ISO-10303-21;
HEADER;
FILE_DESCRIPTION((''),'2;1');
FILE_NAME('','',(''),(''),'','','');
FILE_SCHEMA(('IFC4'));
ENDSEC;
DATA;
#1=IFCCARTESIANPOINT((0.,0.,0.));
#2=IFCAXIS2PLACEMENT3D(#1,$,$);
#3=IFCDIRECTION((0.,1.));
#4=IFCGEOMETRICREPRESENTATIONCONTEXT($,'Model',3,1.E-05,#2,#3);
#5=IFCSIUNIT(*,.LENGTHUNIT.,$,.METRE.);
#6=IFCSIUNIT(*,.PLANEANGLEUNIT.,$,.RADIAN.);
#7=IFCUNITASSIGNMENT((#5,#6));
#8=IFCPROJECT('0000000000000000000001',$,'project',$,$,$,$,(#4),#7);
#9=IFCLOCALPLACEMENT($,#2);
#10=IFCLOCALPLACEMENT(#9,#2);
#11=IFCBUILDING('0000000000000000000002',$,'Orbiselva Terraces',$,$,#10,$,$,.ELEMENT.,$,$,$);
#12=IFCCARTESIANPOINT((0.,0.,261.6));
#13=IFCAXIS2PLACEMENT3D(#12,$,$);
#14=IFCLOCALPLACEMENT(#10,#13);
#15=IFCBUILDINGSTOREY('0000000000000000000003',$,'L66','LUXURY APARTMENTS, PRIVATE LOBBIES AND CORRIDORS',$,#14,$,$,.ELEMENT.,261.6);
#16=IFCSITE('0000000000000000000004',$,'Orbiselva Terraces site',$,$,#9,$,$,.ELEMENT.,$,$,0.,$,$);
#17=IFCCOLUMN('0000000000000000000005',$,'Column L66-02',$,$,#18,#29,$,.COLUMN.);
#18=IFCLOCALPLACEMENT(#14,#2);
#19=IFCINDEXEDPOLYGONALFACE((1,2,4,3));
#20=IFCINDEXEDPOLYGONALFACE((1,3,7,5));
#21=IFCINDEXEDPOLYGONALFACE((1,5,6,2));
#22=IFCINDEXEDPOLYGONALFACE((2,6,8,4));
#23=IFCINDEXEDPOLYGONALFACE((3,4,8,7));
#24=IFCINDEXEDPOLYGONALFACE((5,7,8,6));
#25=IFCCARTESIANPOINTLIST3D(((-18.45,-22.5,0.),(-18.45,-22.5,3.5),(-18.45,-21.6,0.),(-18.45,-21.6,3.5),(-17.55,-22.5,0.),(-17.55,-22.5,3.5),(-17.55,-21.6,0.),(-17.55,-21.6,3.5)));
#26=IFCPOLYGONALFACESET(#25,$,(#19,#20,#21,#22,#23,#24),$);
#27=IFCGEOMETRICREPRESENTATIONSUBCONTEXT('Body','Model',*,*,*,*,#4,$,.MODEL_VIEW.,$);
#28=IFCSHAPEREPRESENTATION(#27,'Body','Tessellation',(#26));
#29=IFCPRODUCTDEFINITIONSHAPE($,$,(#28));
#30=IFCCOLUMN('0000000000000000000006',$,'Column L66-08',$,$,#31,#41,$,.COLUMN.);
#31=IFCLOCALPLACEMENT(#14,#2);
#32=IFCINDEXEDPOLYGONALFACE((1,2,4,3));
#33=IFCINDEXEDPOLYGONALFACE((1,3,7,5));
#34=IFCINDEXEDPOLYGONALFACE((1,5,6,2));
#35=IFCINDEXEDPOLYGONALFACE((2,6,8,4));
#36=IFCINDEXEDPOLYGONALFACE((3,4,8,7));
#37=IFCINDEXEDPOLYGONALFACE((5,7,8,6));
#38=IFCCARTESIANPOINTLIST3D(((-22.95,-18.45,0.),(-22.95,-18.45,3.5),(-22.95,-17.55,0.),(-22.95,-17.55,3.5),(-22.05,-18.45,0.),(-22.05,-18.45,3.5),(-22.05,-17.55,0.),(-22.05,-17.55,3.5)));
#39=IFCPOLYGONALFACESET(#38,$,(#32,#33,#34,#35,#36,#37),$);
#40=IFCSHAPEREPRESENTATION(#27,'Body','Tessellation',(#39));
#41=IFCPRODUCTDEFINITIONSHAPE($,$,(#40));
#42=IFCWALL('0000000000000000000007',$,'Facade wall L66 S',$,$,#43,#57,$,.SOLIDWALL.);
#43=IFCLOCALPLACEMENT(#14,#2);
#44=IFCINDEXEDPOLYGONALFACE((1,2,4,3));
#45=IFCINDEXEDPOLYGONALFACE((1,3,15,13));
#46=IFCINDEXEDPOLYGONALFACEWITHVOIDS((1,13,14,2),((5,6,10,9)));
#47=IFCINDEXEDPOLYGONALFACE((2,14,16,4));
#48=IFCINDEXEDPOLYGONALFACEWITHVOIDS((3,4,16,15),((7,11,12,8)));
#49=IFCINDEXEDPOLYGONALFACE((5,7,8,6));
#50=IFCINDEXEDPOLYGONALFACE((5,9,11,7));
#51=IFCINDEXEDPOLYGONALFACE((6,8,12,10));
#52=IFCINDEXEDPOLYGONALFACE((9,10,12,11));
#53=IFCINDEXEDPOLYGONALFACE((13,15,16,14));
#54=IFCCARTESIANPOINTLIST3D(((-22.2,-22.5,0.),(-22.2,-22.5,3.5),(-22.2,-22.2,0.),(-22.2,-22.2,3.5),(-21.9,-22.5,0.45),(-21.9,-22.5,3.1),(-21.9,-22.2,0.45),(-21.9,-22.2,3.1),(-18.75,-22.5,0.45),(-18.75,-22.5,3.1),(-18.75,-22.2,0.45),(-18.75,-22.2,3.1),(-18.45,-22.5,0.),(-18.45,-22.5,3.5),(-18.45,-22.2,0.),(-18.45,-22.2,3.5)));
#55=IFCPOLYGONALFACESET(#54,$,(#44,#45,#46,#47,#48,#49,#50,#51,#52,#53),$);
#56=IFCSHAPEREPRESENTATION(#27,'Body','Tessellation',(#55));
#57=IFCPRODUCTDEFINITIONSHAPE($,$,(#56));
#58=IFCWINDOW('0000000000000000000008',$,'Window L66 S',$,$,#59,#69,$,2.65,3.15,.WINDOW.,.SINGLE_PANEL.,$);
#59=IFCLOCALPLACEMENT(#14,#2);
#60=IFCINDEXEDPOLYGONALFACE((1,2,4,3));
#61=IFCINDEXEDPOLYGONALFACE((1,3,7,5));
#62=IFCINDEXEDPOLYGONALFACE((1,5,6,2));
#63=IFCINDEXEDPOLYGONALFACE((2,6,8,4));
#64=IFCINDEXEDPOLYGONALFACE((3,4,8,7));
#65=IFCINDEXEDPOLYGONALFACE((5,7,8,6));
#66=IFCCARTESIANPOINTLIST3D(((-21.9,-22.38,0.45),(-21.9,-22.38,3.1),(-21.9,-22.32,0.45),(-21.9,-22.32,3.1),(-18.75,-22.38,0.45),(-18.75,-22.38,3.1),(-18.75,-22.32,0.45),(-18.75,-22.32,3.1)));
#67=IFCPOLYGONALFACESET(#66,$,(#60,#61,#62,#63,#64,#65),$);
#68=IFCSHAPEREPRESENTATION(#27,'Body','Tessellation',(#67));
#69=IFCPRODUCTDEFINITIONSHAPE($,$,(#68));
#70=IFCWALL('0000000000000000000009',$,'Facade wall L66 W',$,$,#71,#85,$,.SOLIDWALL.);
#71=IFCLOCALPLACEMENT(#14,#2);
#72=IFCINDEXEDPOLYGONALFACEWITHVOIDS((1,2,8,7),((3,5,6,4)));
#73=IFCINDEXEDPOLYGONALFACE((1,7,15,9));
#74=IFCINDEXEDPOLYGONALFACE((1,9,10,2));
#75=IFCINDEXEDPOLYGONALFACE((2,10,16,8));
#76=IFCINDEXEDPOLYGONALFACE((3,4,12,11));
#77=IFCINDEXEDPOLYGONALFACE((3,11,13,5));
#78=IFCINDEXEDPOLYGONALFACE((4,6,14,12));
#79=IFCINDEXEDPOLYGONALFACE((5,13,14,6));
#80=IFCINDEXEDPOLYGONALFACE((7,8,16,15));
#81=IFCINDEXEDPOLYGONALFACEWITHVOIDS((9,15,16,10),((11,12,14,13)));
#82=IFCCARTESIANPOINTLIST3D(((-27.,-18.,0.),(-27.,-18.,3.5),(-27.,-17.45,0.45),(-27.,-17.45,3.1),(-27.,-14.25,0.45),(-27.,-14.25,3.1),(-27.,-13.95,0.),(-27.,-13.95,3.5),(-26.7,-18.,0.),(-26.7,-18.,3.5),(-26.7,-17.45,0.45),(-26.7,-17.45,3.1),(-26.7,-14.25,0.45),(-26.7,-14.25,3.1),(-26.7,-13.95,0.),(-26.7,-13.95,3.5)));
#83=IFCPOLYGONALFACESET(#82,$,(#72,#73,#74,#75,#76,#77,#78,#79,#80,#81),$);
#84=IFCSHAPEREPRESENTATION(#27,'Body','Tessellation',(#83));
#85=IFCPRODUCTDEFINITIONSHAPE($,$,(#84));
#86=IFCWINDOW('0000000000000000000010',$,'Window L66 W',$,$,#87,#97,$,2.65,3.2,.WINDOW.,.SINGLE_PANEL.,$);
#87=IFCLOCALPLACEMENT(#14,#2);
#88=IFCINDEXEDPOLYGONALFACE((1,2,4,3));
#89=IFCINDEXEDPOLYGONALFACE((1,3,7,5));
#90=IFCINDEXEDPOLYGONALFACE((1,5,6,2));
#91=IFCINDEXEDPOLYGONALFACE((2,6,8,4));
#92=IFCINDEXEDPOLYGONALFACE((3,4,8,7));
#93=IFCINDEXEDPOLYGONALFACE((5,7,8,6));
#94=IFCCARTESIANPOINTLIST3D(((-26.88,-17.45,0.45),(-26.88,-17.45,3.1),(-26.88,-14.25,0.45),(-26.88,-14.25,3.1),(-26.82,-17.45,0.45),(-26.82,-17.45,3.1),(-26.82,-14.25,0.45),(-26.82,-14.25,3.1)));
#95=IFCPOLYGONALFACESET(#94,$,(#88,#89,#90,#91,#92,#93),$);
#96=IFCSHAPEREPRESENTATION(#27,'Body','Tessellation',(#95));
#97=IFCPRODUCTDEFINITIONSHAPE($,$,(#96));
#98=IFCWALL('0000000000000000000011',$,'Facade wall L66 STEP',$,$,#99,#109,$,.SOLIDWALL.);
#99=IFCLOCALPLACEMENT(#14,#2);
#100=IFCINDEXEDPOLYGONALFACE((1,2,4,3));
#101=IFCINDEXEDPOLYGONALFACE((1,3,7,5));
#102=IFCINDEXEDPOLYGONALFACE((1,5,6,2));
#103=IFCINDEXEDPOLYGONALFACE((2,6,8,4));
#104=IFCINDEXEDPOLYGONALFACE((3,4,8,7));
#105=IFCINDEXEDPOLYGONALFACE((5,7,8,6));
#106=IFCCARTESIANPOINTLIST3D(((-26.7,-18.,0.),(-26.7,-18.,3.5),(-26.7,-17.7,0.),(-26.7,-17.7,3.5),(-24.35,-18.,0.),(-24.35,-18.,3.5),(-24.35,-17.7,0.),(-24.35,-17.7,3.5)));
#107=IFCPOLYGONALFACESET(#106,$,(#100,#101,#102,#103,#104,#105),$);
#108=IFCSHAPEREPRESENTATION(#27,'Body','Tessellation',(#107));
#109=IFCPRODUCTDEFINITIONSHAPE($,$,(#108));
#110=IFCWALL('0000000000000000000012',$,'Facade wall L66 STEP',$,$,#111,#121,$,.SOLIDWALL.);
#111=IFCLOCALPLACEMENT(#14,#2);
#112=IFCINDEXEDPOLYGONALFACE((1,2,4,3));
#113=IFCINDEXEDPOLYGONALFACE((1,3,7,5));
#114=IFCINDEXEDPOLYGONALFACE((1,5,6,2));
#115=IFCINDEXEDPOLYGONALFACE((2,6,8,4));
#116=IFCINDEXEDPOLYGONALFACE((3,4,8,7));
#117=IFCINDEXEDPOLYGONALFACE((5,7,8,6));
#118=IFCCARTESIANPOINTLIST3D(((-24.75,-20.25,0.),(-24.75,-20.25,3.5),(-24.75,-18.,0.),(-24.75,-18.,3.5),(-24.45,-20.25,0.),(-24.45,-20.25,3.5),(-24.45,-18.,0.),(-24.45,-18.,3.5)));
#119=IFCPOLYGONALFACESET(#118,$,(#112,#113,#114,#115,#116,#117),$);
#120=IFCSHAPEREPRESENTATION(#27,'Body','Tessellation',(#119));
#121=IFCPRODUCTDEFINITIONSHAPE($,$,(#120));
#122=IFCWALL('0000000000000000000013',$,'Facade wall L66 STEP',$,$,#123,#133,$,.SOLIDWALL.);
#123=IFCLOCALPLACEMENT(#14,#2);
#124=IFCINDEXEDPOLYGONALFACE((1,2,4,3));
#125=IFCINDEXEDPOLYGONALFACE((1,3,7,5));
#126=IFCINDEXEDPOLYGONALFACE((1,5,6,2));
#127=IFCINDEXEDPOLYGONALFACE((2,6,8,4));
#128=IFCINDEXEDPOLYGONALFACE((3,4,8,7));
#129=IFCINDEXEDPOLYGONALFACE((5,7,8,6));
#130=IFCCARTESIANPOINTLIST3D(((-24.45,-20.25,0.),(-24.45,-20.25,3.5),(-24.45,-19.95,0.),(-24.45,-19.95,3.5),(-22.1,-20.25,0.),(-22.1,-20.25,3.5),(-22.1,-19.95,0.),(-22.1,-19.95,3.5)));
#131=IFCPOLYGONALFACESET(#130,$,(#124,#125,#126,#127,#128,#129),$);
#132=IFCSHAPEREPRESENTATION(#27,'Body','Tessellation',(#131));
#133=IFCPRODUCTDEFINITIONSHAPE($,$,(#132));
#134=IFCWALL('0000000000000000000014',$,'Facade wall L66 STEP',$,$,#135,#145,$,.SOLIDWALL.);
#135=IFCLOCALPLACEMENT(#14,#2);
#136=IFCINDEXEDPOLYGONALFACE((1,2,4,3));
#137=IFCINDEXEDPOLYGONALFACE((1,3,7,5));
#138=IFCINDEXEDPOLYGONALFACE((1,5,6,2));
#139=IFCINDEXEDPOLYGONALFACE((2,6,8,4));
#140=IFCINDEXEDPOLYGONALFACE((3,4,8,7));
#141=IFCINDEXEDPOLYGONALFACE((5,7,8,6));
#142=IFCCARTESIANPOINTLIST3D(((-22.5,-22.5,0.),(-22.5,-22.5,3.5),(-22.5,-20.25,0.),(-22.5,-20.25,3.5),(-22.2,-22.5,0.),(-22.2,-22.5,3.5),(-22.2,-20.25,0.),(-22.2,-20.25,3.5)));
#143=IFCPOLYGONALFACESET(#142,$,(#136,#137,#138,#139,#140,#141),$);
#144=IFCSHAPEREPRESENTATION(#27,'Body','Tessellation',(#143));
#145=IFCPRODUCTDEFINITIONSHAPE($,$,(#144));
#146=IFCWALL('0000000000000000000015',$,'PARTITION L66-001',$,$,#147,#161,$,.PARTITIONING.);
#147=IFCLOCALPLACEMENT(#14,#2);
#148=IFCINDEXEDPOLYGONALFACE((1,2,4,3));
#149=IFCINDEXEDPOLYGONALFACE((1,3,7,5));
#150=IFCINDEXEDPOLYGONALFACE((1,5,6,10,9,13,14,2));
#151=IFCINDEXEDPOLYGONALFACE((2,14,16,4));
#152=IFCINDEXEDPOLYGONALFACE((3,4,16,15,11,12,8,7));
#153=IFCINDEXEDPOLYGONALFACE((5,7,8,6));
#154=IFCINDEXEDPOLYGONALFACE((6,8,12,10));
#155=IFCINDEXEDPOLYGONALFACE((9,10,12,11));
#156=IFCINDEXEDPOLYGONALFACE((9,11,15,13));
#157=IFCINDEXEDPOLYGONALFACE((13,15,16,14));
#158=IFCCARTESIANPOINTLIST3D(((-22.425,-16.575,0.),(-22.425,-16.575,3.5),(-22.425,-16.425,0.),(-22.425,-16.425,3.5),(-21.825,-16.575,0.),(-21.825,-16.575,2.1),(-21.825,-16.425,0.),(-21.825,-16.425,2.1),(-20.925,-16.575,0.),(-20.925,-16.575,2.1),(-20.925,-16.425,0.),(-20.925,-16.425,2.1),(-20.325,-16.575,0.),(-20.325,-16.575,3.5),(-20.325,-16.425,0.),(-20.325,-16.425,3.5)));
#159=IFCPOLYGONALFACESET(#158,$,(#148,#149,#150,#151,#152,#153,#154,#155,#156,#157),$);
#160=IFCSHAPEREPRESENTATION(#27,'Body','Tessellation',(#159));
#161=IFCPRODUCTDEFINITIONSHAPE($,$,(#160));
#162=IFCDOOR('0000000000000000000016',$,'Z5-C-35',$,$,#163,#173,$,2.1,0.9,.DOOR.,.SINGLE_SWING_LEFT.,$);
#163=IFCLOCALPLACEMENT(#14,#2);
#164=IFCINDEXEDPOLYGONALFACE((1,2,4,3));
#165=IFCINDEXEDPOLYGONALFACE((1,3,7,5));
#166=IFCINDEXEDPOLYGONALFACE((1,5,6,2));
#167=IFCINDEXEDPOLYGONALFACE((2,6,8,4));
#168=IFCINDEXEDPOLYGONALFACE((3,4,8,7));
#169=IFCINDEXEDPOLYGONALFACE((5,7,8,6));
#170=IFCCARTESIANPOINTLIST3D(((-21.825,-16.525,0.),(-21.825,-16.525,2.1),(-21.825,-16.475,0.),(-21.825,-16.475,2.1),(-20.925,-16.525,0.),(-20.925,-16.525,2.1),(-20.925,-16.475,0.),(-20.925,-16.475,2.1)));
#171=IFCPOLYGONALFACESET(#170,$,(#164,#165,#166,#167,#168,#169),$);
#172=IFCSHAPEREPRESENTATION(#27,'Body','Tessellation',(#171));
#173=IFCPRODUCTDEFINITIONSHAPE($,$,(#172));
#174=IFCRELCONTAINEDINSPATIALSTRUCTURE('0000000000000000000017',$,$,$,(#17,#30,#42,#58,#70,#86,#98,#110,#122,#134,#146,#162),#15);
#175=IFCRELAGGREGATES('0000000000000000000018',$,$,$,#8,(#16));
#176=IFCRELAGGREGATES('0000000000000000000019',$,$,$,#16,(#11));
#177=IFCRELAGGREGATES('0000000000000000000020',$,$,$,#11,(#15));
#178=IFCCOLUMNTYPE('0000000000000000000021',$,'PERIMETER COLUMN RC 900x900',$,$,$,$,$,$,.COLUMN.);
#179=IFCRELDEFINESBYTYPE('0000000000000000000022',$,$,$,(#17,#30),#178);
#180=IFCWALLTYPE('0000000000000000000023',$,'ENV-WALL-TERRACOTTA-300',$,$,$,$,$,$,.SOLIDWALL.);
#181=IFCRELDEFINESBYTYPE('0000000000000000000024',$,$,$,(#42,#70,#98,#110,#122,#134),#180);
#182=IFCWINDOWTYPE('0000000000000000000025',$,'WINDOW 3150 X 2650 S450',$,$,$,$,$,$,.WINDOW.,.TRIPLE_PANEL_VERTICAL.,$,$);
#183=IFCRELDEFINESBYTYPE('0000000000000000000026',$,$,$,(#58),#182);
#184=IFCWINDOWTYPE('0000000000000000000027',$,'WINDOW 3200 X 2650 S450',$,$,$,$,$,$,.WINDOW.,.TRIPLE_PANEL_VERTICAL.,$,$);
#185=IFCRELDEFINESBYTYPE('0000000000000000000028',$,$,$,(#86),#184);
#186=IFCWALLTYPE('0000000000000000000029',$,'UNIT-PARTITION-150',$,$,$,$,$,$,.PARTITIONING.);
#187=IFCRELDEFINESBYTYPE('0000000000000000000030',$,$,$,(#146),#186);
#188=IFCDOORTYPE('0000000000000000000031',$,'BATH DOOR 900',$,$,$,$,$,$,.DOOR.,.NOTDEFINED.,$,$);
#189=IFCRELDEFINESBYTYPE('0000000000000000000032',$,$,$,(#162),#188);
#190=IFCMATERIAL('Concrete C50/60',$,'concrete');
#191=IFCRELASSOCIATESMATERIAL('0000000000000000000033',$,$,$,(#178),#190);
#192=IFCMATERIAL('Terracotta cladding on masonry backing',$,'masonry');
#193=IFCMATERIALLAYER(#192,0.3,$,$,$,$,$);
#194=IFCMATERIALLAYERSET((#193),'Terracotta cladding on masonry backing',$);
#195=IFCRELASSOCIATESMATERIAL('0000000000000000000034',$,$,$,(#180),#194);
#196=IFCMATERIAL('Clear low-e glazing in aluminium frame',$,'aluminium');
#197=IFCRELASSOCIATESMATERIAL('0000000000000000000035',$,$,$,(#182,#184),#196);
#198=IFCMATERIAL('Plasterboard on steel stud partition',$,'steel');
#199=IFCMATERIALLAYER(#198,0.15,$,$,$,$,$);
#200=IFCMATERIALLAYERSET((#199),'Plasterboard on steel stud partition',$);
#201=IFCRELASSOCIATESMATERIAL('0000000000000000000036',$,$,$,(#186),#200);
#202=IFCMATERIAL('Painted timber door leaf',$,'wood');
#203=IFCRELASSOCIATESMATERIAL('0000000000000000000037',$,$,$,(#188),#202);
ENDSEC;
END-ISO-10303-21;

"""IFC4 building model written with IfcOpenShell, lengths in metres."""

from ifc_helpers import new_model, si_unit, direction, frame, frame_2d, origin, origin_2d, place, context, subcontext, project, spatial, rectangle, extrude, material, layer, layer_set, material_profile, profile_set, type_object, element, fill, save


model = new_model("IFC4")

# Units and contexts
model_context = context("Model", 3, precision=1e-05, world=origin(), true_north=direction((0.0, 1.0)))
body_context = subcontext(model_context, "Body", "Model", "MODEL_VIEW")
ifc_project = project(units=[si_unit("LENGTHUNIT", "METRE"), si_unit("PLANEANGLEUNIT", "RADIAN")], contexts=[model_context])

# Site, building, storey
site_placement = place(None, origin())
site = spatial("IfcSite", under=ifc_project, at=site_placement, Name="Orbiselva Terraces site", CompositionType="ELEMENT", RefElevation=0.0)
building_placement = place(site_placement, origin())
building = spatial("IfcBuilding", under=site, at=building_placement, Name="Orbiselva Terraces", CompositionType="ELEMENT")
storey_placement = place(building_placement, frame((0.0, 0.0, 261.6)))
storey = spatial("IfcBuildingStorey", under=building, at=storey_placement, Name="L66", Description="LUXURY APARTMENTS, PRIVATE LOBBIES AND CORRIDORS", CompositionType="ELEMENT", Elevation=261.6)

# Columns
ifc_material_1 = material(Name="Concrete C50/60", Category="concrete")
ifc_material_profile = material_profile(ifc_material_1, rectangle(XDim=0.9, YDim=0.9, at=origin_2d()), Name="RC 900x900")
ifc_profile_set = profile_set([ifc_material_profile], Name="Concrete C50/60")
column_type = type_object("IfcColumnType", Name="PERIMETER COLUMN RC 900x900", PredefinedType="COLUMN", material=ifc_profile_set)
for number, where, z_axis, x_axis, name in (
    (1, (-18.0, -22.05, 0.0), (0.0, 0.0, 1.0), (1.0, 0.0, 0.0), "Column L66-02"),
    (2, (-22.5, -18.0, 0.0), (0.0, 0.0, 1.0), (1.0, 0.0, 0.0), "Column L66-08"),
):
    element("IfcColumn", number, at=place(storey_placement, frame(where, z_axis=z_axis, x_axis=x_axis)), inside=storey, type_object=column_type, Name=name, PredefinedType="COLUMN", context=body_context, shape_type="SweptSolid", body=[
        extrude(rectangle(XDim=0.9, YDim=0.9, at=origin_2d()), origin(), (0.0, 0.0, 1.0), 3.5),
    ])

# Walls, openings, windows
ifc_material_2 = material(Name="Terracotta cladding on masonry backing", Category="masonry")
ifc_layer_1 = layer(ifc_material_2, 0.3)
ifc_layer_set_1 = layer_set([ifc_layer_1], Name="Terracotta cladding on masonry backing")
wall_type_1 = type_object("IfcWallType", Name="ENV-WALL-TERRACOTTA-300", PredefinedType="SOLIDWALL", material=ifc_layer_set_1)
wall_1_placement = place(storey_placement, frame((-18.45, -22.35, 0.0), z_axis=(0.0, 0.0, 1.0), x_axis=(-1.0, 0.0, 0.0)))
wall_1 = element("IfcWall", 3, at=wall_1_placement, inside=storey, type_object=wall_type_1, Name="Facade wall L66 S", PredefinedType="SOLIDWALL", context=body_context, shape_type="SweptSolid", body=[
    extrude(rectangle(XDim=3.75, YDim=0.3, at=frame_2d((1.875, 0.0))), origin(), (0.0, 0.0, 1.0), 3.5),
])
opening_1_placement = place(wall_1_placement, frame((0.3, 0.0, 0.45)))
opening_1 = element("IfcOpeningElement", 4, at=opening_1_placement, cuts=wall_1, PredefinedType="OPENING", context=body_context, shape_type="SweptSolid", body=[
    extrude(rectangle(XDim=3.15, YDim=2.65, at=frame_2d((1.575, 1.325))), frame((0.0, 0.16, 0.0), z_axis=(0.0, -1.0, 0.0), x_axis=(1.0, 0.0, 0.0)), (0.0, 0.0, 1.0), 0.32),
])
ifc_material_3 = material(Name="Clear low-e glazing in aluminium frame", Category="aluminium")
window_type_1 = type_object("IfcWindowType", Name="WINDOW 3150 X 2650 S450", PartitioningType="TRIPLE_PANEL_VERTICAL", PredefinedType="WINDOW", material=ifc_material_3)
window_1_placement = place(opening_1_placement, origin())
window_1 = element("IfcWindow", 5, at=window_1_placement, inside=storey, type_object=window_type_1, Name="Window L66 S", OverallHeight=2.65, OverallWidth=3.15, PartitioningType="SINGLE_PANEL", PredefinedType="WINDOW", context=body_context, shape_type="SweptSolid", body=[
    extrude(rectangle(XDim=3.15, YDim=2.65, at=frame_2d((1.575, 1.325))), frame((0.0, 0.03, 0.0), z_axis=(0.0, -1.0, 0.0), x_axis=(1.0, 0.0, 0.0)), (0.0, 0.0, 1.0), 0.06),
])
fill(opening_1, window_1)
wall_2_placement = place(storey_placement, frame((-26.85, -18.0, 0.0), z_axis=(0.0, 0.0, 1.0), x_axis=(0.0, 1.0, 0.0)))
wall_2 = element("IfcWall", 6, at=wall_2_placement, inside=storey, type_object=wall_type_1, Name="Facade wall L66 W", PredefinedType="SOLIDWALL", context=body_context, shape_type="SweptSolid", body=[
    extrude(rectangle(XDim=4.05, YDim=0.3, at=frame_2d((2.025, 0.0))), origin(), (0.0, 0.0, 1.0), 3.5),
])
opening_2_placement = place(wall_2_placement, frame((0.55, 0.0, 0.45)))
opening_2 = element("IfcOpeningElement", 7, at=opening_2_placement, cuts=wall_2, PredefinedType="OPENING", context=body_context, shape_type="SweptSolid", body=[
    extrude(rectangle(XDim=3.2, YDim=2.65, at=frame_2d((1.6, 1.325))), frame((0.0, 0.16, 0.0), z_axis=(0.0, -1.0, 0.0), x_axis=(1.0, 0.0, 0.0)), (0.0, 0.0, 1.0), 0.32),
])
window_type_2 = type_object("IfcWindowType", Name="WINDOW 3200 X 2650 S450", PartitioningType="TRIPLE_PANEL_VERTICAL", PredefinedType="WINDOW", material=ifc_material_3)
window_2_placement = place(opening_2_placement, origin())
window_2 = element("IfcWindow", 8, at=window_2_placement, inside=storey, type_object=window_type_2, Name="Window L66 W", OverallHeight=2.65, OverallWidth=3.2, PartitioningType="SINGLE_PANEL", PredefinedType="WINDOW", context=body_context, shape_type="SweptSolid", body=[
    extrude(rectangle(XDim=3.2, YDim=2.65, at=frame_2d((1.6, 1.325))), frame((0.0, 0.03, 0.0), z_axis=(0.0, -1.0, 0.0), x_axis=(1.0, 0.0, 0.0)), (0.0, 0.0, 1.0), 0.06),
])
fill(opening_2, window_2)

# Walls
wall_3_placement = place(storey_placement, frame((-24.35, -17.85, 0.0), z_axis=(0.0, 0.0, 1.0), x_axis=(-1.0, 0.0, 0.0)))
element("IfcWall", 9, at=wall_3_placement, inside=storey, type_object=wall_type_1, Name="Facade wall L66 STEP", PredefinedType="SOLIDWALL", context=body_context, shape_type="SweptSolid", body=[
    extrude(rectangle(XDim=2.35, YDim=0.3, at=frame_2d((1.175, 0.0))), origin(), (0.0, 0.0, 1.0), 3.5),
])
wall_4_placement = place(storey_placement, frame((-24.6, -20.25, 0.0), z_axis=(0.0, 0.0, 1.0), x_axis=(0.0, 1.0, 0.0)))
element("IfcWall", 10, at=wall_4_placement, inside=storey, type_object=wall_type_1, Name="Facade wall L66 STEP", PredefinedType="SOLIDWALL", context=body_context, shape_type="SweptSolid", body=[
    extrude(rectangle(XDim=2.25, YDim=0.3, at=frame_2d((1.125, 0.0))), origin(), (0.0, 0.0, 1.0), 3.5),
])
wall_5_placement = place(storey_placement, frame((-22.1, -20.1, 0.0), z_axis=(0.0, 0.0, 1.0), x_axis=(-1.0, 0.0, 0.0)))
element("IfcWall", 11, at=wall_5_placement, inside=storey, type_object=wall_type_1, Name="Facade wall L66 STEP", PredefinedType="SOLIDWALL", context=body_context, shape_type="SweptSolid", body=[
    extrude(rectangle(XDim=2.35, YDim=0.3, at=frame_2d((1.175, 0.0))), origin(), (0.0, 0.0, 1.0), 3.5),
])
wall_6_placement = place(storey_placement, frame((-22.35, -22.5, 0.0), z_axis=(0.0, 0.0, 1.0), x_axis=(0.0, 1.0, 0.0)))
element("IfcWall", 12, at=wall_6_placement, inside=storey, type_object=wall_type_1, Name="Facade wall L66 STEP", PredefinedType="SOLIDWALL", context=body_context, shape_type="SweptSolid", body=[
    extrude(rectangle(XDim=2.25, YDim=0.3, at=frame_2d((1.125, 0.0))), origin(), (0.0, 0.0, 1.0), 3.5),
])

# Wall, opening, door
ifc_material_4 = material(Name="Plasterboard on steel stud partition", Category="steel")
ifc_layer_2 = layer(ifc_material_4, 0.15)
ifc_layer_set_2 = layer_set([ifc_layer_2], Name="Plasterboard on steel stud partition")
wall_type_2 = type_object("IfcWallType", Name="UNIT-PARTITION-150", PredefinedType="PARTITIONING", material=ifc_layer_set_2)
wall_7_placement = place(storey_placement, frame((-22.425, -16.5, 0.0), z_axis=(0.0, 0.0, 1.0), x_axis=(1.0, 0.0, 0.0)))
wall_7 = element("IfcWall", 13, at=wall_7_placement, inside=storey, type_object=wall_type_2, Name="PARTITION L66-001", PredefinedType="PARTITIONING", context=body_context, shape_type="SweptSolid", body=[
    extrude(rectangle(XDim=2.1, YDim=0.15, at=frame_2d((1.05, 0.0))), origin(), (0.0, 0.0, 1.0), 3.5),
])
opening_3_placement = place(wall_7_placement, frame((0.6, 0.0, 0.0)))
opening_3 = element("IfcOpeningElement", 14, at=opening_3_placement, cuts=wall_7, PredefinedType="OPENING", context=body_context, shape_type="SweptSolid", body=[
    extrude(rectangle(XDim=0.9, YDim=2.1, at=frame_2d((0.45, 1.05))), frame((0.0, 0.085, 0.0), z_axis=(0.0, -1.0, 0.0), x_axis=(1.0, 0.0, 0.0)), (0.0, 0.0, 1.0), 0.17),
])
ifc_material_5 = material(Name="Painted timber door leaf", Category="wood")
door_type = type_object("IfcDoorType", Name="BATH DOOR 900", OperationType="NOTDEFINED", PredefinedType="DOOR", material=ifc_material_5)
door_placement = place(opening_3_placement, origin())
door = element("IfcDoor", 15, at=door_placement, inside=storey, type_object=door_type, Name="Z5-C-35", OperationType="SINGLE_SWING_LEFT", OverallHeight=2.1, OverallWidth=0.9, PredefinedType="DOOR", context=body_context, shape_type="SweptSolid", body=[
    extrude(rectangle(XDim=0.9, YDim=2.1, at=frame_2d((0.45, 1.05))), frame((0.0, 0.025, 0.0), z_axis=(0.0, -1.0, 0.0), x_axis=(1.0, 0.0, 0.0)), (0.0, 0.0, 1.0), 0.05),
])
fill(opening_3, door)

save(model, "model.ifc")
